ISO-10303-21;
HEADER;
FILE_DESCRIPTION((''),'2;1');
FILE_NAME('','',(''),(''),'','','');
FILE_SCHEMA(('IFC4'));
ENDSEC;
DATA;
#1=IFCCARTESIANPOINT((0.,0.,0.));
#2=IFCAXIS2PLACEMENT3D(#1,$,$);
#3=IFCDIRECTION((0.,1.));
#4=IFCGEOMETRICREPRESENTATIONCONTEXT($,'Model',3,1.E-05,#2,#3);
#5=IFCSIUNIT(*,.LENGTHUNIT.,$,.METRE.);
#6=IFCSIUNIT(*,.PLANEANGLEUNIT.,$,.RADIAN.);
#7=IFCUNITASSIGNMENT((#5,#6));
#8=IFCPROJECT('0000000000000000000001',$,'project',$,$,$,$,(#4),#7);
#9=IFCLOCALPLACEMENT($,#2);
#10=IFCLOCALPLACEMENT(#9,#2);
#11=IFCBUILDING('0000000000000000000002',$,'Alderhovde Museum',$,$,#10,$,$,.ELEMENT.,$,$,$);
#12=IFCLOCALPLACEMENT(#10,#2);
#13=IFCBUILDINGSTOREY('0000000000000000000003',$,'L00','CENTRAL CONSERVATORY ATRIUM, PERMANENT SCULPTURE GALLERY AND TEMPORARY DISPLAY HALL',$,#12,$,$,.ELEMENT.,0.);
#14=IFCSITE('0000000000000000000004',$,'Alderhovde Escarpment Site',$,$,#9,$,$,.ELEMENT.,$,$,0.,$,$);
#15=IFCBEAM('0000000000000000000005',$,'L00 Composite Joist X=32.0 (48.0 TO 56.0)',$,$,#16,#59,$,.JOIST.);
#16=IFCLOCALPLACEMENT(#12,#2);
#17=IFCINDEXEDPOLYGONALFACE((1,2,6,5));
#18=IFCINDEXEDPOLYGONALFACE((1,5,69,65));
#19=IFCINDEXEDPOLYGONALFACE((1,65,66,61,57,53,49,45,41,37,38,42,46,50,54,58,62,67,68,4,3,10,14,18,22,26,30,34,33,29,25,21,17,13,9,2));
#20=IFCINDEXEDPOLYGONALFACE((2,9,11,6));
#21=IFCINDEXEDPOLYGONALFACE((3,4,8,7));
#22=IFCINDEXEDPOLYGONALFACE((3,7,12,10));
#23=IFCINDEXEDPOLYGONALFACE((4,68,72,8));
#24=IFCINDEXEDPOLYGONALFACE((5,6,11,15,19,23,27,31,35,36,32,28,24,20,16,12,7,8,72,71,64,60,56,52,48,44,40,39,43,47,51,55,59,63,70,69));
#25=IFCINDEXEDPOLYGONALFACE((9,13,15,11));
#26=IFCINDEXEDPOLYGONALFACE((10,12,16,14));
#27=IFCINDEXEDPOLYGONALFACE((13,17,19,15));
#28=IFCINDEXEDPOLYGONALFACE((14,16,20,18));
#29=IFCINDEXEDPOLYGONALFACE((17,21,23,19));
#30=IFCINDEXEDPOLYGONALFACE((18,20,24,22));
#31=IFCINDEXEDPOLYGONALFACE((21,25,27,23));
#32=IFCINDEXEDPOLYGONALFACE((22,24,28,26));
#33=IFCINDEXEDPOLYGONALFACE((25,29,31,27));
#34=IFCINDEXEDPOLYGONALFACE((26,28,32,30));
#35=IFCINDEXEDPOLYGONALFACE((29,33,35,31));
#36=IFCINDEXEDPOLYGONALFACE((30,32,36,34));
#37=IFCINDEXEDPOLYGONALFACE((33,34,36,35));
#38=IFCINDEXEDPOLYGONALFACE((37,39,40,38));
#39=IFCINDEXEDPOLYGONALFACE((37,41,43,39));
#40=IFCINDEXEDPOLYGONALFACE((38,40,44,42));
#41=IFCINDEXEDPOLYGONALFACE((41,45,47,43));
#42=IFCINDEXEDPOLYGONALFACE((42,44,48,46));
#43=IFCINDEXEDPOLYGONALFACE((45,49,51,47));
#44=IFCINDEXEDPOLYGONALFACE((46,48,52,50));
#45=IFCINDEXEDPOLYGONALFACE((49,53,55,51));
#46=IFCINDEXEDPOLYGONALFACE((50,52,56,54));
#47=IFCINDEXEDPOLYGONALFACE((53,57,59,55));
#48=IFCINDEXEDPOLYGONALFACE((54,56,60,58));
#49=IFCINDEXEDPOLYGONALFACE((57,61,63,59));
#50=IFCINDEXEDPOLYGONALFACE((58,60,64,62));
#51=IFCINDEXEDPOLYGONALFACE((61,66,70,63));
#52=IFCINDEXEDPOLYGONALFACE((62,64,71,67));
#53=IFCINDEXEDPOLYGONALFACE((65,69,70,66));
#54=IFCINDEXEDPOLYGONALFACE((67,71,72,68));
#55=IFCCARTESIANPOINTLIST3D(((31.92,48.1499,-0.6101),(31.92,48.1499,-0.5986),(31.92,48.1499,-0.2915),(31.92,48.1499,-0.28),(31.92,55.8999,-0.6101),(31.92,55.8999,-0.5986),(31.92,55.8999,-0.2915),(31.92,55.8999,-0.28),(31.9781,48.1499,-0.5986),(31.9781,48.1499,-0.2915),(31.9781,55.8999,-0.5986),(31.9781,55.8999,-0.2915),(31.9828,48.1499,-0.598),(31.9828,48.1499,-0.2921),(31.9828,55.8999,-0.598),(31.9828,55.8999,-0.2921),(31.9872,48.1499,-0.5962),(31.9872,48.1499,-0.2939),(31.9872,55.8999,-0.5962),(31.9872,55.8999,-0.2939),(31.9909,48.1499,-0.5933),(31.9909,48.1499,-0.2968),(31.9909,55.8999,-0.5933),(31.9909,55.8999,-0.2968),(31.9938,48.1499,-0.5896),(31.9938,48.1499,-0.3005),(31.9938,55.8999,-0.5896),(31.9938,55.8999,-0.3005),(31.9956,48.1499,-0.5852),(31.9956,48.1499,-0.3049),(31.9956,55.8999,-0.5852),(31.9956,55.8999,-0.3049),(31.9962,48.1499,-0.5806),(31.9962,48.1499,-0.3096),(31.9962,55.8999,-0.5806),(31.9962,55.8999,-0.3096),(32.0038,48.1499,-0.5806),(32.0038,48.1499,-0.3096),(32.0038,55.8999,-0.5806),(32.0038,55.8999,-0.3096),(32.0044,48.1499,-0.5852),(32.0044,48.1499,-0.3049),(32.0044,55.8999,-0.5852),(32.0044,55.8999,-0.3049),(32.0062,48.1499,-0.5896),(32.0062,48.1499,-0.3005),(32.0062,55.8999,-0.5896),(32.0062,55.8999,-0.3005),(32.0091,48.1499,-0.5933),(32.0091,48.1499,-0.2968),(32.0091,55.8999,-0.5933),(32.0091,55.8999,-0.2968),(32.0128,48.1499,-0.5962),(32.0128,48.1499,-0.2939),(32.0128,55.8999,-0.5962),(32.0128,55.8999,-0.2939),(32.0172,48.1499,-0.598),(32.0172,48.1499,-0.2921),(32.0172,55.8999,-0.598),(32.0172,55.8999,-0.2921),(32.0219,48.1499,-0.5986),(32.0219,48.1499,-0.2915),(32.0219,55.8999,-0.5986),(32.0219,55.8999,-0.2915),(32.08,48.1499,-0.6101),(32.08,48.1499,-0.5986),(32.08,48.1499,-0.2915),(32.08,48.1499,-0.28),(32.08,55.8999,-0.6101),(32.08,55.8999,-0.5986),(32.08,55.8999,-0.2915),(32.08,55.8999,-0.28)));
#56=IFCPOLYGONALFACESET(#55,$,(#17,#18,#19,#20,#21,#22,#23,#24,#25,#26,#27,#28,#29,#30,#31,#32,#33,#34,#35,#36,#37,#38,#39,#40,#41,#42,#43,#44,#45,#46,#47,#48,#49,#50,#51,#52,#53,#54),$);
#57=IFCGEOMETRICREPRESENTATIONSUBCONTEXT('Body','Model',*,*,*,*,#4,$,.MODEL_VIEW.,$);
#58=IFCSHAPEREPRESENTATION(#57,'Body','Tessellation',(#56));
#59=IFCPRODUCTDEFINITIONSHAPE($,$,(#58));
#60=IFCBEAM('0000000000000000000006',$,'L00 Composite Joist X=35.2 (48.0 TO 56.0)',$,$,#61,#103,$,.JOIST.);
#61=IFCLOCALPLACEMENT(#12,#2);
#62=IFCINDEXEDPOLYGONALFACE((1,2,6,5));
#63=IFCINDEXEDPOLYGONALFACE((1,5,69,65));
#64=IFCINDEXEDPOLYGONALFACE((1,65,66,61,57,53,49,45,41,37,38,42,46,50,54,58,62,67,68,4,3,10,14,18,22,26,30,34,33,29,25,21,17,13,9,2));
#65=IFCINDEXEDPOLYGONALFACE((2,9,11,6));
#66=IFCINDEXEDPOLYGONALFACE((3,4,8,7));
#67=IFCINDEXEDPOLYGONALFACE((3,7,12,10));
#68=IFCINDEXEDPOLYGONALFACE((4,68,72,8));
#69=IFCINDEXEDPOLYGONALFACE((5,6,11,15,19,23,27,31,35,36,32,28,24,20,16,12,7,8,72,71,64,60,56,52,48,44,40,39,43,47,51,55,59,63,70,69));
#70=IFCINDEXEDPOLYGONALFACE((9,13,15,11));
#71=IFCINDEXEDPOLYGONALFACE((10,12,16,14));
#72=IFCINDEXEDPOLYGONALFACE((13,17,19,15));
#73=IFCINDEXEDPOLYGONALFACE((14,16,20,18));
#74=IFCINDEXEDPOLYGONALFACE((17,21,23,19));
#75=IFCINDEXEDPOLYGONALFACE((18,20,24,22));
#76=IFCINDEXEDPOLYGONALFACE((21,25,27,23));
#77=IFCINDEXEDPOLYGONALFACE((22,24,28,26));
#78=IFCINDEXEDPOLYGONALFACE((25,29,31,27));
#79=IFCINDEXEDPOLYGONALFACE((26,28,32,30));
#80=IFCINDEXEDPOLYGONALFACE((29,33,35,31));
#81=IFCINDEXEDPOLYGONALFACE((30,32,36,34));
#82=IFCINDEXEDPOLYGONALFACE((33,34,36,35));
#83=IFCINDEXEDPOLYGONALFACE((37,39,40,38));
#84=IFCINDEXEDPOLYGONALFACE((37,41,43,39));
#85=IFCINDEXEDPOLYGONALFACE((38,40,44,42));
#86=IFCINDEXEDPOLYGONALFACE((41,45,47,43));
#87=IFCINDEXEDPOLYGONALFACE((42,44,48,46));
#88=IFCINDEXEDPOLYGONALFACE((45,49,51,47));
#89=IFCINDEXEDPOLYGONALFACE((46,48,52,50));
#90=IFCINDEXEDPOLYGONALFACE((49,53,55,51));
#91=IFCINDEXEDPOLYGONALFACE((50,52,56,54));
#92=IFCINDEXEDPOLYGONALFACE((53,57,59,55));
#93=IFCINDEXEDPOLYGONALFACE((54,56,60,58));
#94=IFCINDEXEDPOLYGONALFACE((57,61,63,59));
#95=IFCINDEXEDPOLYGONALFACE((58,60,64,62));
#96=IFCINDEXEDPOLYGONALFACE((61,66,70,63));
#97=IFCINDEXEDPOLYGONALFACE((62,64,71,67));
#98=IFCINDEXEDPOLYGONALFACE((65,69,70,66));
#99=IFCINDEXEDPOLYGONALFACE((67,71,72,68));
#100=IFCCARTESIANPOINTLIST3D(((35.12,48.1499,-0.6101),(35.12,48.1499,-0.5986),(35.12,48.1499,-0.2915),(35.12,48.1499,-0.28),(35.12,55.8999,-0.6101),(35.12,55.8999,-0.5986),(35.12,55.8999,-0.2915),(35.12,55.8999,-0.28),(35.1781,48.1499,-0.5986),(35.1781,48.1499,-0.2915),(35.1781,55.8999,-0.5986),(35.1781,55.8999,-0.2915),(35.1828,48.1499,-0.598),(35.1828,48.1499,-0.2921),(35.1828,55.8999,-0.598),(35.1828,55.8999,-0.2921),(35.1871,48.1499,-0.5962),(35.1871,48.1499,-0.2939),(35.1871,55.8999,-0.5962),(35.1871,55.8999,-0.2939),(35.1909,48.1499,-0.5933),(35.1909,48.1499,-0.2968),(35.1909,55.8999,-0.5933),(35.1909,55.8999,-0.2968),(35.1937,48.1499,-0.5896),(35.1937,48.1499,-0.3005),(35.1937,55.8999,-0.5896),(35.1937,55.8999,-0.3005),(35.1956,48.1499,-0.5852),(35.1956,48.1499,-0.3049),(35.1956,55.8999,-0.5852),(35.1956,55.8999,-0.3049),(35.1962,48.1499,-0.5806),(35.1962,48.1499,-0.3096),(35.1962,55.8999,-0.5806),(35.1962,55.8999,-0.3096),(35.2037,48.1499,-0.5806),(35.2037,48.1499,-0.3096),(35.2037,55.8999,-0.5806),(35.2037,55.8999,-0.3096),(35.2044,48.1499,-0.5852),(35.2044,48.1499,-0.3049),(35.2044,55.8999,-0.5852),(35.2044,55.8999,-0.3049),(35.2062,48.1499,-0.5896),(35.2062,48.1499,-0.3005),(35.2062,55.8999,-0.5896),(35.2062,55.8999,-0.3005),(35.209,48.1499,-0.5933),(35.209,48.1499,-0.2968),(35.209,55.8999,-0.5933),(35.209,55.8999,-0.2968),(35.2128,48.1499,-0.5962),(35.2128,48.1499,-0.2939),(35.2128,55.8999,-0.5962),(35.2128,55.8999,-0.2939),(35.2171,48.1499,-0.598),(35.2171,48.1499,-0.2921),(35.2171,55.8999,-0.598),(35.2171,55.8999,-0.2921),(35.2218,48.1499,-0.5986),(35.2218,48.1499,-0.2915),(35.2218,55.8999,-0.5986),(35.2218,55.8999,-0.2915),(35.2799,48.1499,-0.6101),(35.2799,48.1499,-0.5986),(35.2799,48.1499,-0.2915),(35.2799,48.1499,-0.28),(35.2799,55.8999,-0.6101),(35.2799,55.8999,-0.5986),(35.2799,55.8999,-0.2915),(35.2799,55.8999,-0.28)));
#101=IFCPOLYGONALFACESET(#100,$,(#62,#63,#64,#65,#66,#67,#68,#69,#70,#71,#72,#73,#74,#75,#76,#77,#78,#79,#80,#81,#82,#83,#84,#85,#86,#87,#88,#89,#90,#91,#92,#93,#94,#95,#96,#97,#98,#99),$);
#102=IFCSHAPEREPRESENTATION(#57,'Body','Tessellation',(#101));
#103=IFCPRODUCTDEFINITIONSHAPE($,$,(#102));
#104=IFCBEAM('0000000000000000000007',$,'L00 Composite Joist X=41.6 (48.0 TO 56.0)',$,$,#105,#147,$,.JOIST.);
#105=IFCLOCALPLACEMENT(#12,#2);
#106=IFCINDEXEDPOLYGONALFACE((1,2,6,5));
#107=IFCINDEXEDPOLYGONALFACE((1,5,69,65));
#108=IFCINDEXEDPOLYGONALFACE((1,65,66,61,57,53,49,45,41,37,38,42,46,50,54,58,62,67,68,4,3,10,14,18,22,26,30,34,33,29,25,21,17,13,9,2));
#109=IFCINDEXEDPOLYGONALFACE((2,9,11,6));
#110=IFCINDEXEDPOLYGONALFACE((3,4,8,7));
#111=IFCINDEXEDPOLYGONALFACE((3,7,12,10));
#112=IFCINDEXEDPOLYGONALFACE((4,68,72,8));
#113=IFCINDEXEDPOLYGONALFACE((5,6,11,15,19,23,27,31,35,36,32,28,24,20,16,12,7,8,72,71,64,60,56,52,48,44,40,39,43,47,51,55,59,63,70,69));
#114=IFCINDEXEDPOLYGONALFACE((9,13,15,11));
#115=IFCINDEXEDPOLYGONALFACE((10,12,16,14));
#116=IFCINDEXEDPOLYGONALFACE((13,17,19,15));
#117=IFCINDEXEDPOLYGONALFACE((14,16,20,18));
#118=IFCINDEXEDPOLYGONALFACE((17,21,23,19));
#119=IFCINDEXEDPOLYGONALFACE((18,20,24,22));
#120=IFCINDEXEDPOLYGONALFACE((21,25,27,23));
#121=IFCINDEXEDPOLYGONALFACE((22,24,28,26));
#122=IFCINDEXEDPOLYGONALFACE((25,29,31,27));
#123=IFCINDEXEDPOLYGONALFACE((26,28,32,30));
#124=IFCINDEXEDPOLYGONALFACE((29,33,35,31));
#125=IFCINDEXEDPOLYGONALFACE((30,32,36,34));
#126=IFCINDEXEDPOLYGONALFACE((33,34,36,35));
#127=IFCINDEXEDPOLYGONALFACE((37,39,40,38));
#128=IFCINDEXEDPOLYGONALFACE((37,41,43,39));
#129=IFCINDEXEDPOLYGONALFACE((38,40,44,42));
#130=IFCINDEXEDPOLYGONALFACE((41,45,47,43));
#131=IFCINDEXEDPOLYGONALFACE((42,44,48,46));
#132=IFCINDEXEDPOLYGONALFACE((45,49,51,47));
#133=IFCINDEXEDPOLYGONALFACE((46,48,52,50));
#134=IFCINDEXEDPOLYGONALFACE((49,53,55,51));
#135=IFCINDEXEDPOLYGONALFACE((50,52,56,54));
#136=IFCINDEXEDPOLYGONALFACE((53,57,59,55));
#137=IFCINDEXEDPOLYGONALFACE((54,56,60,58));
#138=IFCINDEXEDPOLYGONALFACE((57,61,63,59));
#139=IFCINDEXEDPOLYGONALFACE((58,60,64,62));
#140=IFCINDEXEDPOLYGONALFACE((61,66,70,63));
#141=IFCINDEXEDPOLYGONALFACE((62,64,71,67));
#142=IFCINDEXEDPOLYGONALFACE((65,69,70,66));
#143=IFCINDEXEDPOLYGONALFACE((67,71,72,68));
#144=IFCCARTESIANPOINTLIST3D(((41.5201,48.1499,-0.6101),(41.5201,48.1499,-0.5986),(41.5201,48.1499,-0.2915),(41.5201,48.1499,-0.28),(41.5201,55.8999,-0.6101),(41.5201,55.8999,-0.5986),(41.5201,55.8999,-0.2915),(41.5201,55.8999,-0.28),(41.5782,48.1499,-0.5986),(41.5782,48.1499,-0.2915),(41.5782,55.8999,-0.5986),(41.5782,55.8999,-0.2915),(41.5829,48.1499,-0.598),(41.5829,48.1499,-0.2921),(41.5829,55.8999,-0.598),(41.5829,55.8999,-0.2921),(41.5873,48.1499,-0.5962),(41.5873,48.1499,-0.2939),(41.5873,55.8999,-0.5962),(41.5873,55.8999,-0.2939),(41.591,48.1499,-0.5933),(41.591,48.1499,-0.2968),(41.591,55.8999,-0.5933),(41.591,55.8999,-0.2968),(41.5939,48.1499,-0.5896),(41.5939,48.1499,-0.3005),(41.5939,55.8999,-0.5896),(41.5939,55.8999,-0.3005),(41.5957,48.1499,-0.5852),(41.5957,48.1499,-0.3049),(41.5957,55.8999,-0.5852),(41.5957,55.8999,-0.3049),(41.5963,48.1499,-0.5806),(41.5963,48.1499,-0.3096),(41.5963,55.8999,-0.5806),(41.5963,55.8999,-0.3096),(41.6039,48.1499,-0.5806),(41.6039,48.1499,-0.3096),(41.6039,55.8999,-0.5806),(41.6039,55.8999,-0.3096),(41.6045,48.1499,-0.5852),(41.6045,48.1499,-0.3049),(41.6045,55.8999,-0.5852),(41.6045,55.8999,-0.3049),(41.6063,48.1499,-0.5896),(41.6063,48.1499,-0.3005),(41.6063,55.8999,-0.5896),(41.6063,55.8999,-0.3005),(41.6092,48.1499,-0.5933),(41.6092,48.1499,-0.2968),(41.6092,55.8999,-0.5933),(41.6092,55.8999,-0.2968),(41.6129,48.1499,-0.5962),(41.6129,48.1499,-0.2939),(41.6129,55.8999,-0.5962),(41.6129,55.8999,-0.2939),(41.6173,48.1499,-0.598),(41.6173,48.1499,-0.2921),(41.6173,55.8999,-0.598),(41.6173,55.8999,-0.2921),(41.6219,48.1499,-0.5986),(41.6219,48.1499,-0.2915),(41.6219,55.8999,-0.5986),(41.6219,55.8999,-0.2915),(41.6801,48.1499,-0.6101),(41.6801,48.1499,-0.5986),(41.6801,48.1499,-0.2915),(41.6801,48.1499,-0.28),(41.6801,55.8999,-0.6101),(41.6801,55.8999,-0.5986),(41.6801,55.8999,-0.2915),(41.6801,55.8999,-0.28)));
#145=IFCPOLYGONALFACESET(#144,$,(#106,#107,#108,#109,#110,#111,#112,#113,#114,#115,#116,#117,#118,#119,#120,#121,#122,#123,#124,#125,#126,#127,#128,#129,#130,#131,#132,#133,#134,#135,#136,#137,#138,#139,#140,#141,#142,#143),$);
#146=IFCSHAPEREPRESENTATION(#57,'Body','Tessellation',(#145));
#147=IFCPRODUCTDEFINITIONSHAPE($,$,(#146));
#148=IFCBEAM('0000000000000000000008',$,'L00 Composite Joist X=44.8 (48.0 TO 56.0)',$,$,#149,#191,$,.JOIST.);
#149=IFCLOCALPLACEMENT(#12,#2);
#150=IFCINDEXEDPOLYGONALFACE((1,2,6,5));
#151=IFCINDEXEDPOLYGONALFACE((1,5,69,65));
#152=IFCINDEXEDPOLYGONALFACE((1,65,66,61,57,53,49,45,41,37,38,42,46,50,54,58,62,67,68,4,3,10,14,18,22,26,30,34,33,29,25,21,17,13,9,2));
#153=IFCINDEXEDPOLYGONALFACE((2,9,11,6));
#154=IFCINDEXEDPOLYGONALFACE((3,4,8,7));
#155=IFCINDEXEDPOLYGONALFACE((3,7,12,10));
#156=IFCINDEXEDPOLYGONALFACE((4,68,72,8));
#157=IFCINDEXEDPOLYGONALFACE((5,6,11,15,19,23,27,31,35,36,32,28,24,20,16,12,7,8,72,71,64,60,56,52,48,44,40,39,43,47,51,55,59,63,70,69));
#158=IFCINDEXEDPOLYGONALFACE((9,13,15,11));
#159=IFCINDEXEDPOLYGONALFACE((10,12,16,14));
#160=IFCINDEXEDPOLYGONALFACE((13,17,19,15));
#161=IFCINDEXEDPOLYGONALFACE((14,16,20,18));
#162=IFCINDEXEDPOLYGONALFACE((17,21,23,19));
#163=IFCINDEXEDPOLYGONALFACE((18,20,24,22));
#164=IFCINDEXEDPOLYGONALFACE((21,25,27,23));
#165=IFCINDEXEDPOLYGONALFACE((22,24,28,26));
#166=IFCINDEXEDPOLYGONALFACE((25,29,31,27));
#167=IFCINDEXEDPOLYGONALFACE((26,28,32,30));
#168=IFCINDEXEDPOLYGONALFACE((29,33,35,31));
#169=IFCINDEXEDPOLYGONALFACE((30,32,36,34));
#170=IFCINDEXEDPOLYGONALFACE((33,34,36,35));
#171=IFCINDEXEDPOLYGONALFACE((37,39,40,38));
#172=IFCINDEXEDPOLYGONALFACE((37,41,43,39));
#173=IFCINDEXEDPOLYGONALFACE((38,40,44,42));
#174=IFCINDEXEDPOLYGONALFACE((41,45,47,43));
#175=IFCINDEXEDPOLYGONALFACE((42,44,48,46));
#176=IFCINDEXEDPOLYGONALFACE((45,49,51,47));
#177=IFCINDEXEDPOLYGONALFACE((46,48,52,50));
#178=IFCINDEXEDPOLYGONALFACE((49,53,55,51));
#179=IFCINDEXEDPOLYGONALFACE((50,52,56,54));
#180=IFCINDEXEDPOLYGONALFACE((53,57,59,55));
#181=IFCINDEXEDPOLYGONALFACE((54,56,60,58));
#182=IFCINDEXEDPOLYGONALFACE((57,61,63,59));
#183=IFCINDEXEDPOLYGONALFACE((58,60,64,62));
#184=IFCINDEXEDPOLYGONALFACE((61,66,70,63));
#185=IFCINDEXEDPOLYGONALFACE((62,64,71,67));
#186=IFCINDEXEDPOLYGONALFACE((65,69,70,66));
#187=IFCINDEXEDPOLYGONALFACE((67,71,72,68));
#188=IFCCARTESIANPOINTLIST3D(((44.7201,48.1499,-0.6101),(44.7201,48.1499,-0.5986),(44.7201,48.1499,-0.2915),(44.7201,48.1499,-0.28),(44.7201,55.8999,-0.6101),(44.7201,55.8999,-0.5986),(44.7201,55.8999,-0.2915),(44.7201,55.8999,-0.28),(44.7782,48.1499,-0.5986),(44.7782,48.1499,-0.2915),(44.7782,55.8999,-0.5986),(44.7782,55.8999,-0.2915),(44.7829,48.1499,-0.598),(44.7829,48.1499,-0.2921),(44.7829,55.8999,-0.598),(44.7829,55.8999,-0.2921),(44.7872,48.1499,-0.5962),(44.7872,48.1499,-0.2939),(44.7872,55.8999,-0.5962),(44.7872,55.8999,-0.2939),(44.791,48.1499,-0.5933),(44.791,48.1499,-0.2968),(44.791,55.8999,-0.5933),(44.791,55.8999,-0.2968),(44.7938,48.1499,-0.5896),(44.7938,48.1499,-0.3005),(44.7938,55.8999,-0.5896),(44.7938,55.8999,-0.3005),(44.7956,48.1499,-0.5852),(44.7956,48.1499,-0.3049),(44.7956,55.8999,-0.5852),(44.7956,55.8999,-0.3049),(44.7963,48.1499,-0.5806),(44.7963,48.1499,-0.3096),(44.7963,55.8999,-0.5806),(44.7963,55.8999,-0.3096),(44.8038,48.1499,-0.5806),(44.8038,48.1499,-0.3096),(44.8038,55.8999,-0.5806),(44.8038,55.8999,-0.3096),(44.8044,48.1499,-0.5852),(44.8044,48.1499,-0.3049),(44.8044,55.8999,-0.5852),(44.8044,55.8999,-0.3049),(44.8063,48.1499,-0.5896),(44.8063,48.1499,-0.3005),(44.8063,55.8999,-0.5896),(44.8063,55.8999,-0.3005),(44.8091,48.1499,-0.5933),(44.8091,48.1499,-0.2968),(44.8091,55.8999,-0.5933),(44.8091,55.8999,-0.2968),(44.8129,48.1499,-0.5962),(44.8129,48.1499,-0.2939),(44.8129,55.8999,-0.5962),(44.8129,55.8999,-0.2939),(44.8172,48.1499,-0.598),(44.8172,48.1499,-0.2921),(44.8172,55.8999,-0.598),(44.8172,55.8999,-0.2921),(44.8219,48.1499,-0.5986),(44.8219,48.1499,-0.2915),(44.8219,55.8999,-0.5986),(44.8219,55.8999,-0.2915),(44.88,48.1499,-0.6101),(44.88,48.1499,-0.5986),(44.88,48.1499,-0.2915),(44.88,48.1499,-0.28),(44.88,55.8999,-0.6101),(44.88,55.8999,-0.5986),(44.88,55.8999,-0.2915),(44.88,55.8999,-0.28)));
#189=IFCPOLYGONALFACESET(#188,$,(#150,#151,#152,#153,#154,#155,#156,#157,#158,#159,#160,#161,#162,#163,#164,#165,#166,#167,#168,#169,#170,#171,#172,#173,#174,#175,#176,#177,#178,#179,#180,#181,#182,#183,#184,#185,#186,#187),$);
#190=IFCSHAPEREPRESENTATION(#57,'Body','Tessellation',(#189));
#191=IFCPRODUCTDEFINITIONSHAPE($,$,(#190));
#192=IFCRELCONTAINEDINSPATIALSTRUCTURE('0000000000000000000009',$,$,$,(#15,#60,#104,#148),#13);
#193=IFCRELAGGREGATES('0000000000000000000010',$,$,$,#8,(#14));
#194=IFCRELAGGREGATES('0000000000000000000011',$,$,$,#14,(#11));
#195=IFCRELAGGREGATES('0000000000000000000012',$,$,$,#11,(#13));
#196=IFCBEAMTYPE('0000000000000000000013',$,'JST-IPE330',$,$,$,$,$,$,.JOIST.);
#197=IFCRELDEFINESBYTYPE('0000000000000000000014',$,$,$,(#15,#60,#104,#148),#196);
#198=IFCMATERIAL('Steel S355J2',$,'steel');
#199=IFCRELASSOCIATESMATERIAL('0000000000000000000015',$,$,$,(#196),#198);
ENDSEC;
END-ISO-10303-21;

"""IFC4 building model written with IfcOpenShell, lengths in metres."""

from ifc_helpers import new_model, si_unit, direction, frame, origin, origin_2d, place, context, subcontext, project, spatial, i_section, extrude, material, material_profile, profile_set, type_object, element, save


model = new_model("IFC4")

# Units and contexts
model_context = context("Model", 3, precision=1e-05, world=origin(), true_north=direction((0.0, 1.0)))
body_context = subcontext(model_context, "Body", "Model", "MODEL_VIEW")
ifc_project = project(units=[si_unit("LENGTHUNIT", "METRE"), si_unit("PLANEANGLEUNIT", "RADIAN")], contexts=[model_context])

# Site, building, storey
site_placement = place(None, origin())
site = spatial("IfcSite", under=ifc_project, at=site_placement, Name="Alderhovde Escarpment Site", CompositionType="ELEMENT", RefElevation=0.0)
building_placement = place(site_placement, origin())
building = spatial("IfcBuilding", under=site, at=building_placement, Name="Alderhovde Museum", CompositionType="ELEMENT")
storey_placement = place(building_placement, origin())
storey = spatial("IfcBuildingStorey", under=building, at=storey_placement, Name="L00", Description="CENTRAL CONSERVATORY ATRIUM, PERMANENT SCULPTURE GALLERY AND TEMPORARY DISPLAY HALL", CompositionType="ELEMENT", Elevation=0.0)

# Beams
ifc_material_1 = material(Name="Steel S355J2", Category="steel")
ifc_material_profile_1 = material_profile(ifc_material_1, i_section(OverallWidth=0.1599, OverallDepth=0.3301, WebThickness=0.0076, FlangeThickness=0.0115, FilletRadius=0.0181, at=origin_2d()), Name="IPE 330")
ifc_profile_set_1 = profile_set([ifc_material_profile_1], Name="Steel S355J2")
beam_type_1 = type_object("IfcBeamType", Name="JST-IPE330", PredefinedType="JOIST", material=ifc_profile_set_1)
for number, where, z_axis, x_axis, name in (
    (1, (32.0, 48.1499, -0.4451), (0.0, 1.0, 0.0), (-1.0, 0.0, 0.0), "L00 Composite Joist X=32.0 (48.0 TO 56.0)"),
    (2, (35.2, 48.1499, -0.4451), (0.0, 1.0, 0.0), (-1.0, 0.0, 0.0), "L00 Composite Joist X=35.2 (48.0 TO 56.0)"),
    (3, (41.6001, 48.1499, -0.4451), (0.0, 1.0, 0.0), (-1.0, 0.0, 0.0), "L00 Composite Joist X=41.6 (48.0 TO 56.0)"),
    (4, (44.8, 48.1499, -0.4451), (0.0, 1.0, 0.0), (-1.0, 0.0, 0.0), "L00 Composite Joist X=44.8 (48.0 TO 56.0)"),
):
    element("IfcBeam", number, at=place(storey_placement, frame(where, z_axis=z_axis, x_axis=x_axis)), inside=storey, type_object=beam_type_1, Name=name, PredefinedType="JOIST", context=body_context, shape_type="SweptSolid", body=[
        extrude(i_section(OverallWidth=0.1599, OverallDepth=0.3301, WebThickness=0.0076, FlangeThickness=0.0115, FilletRadius=0.0181, at=origin_2d()), origin(), (0.0, 0.0, 1.0), 7.75),
    ])

save(model, "model.ifc")
